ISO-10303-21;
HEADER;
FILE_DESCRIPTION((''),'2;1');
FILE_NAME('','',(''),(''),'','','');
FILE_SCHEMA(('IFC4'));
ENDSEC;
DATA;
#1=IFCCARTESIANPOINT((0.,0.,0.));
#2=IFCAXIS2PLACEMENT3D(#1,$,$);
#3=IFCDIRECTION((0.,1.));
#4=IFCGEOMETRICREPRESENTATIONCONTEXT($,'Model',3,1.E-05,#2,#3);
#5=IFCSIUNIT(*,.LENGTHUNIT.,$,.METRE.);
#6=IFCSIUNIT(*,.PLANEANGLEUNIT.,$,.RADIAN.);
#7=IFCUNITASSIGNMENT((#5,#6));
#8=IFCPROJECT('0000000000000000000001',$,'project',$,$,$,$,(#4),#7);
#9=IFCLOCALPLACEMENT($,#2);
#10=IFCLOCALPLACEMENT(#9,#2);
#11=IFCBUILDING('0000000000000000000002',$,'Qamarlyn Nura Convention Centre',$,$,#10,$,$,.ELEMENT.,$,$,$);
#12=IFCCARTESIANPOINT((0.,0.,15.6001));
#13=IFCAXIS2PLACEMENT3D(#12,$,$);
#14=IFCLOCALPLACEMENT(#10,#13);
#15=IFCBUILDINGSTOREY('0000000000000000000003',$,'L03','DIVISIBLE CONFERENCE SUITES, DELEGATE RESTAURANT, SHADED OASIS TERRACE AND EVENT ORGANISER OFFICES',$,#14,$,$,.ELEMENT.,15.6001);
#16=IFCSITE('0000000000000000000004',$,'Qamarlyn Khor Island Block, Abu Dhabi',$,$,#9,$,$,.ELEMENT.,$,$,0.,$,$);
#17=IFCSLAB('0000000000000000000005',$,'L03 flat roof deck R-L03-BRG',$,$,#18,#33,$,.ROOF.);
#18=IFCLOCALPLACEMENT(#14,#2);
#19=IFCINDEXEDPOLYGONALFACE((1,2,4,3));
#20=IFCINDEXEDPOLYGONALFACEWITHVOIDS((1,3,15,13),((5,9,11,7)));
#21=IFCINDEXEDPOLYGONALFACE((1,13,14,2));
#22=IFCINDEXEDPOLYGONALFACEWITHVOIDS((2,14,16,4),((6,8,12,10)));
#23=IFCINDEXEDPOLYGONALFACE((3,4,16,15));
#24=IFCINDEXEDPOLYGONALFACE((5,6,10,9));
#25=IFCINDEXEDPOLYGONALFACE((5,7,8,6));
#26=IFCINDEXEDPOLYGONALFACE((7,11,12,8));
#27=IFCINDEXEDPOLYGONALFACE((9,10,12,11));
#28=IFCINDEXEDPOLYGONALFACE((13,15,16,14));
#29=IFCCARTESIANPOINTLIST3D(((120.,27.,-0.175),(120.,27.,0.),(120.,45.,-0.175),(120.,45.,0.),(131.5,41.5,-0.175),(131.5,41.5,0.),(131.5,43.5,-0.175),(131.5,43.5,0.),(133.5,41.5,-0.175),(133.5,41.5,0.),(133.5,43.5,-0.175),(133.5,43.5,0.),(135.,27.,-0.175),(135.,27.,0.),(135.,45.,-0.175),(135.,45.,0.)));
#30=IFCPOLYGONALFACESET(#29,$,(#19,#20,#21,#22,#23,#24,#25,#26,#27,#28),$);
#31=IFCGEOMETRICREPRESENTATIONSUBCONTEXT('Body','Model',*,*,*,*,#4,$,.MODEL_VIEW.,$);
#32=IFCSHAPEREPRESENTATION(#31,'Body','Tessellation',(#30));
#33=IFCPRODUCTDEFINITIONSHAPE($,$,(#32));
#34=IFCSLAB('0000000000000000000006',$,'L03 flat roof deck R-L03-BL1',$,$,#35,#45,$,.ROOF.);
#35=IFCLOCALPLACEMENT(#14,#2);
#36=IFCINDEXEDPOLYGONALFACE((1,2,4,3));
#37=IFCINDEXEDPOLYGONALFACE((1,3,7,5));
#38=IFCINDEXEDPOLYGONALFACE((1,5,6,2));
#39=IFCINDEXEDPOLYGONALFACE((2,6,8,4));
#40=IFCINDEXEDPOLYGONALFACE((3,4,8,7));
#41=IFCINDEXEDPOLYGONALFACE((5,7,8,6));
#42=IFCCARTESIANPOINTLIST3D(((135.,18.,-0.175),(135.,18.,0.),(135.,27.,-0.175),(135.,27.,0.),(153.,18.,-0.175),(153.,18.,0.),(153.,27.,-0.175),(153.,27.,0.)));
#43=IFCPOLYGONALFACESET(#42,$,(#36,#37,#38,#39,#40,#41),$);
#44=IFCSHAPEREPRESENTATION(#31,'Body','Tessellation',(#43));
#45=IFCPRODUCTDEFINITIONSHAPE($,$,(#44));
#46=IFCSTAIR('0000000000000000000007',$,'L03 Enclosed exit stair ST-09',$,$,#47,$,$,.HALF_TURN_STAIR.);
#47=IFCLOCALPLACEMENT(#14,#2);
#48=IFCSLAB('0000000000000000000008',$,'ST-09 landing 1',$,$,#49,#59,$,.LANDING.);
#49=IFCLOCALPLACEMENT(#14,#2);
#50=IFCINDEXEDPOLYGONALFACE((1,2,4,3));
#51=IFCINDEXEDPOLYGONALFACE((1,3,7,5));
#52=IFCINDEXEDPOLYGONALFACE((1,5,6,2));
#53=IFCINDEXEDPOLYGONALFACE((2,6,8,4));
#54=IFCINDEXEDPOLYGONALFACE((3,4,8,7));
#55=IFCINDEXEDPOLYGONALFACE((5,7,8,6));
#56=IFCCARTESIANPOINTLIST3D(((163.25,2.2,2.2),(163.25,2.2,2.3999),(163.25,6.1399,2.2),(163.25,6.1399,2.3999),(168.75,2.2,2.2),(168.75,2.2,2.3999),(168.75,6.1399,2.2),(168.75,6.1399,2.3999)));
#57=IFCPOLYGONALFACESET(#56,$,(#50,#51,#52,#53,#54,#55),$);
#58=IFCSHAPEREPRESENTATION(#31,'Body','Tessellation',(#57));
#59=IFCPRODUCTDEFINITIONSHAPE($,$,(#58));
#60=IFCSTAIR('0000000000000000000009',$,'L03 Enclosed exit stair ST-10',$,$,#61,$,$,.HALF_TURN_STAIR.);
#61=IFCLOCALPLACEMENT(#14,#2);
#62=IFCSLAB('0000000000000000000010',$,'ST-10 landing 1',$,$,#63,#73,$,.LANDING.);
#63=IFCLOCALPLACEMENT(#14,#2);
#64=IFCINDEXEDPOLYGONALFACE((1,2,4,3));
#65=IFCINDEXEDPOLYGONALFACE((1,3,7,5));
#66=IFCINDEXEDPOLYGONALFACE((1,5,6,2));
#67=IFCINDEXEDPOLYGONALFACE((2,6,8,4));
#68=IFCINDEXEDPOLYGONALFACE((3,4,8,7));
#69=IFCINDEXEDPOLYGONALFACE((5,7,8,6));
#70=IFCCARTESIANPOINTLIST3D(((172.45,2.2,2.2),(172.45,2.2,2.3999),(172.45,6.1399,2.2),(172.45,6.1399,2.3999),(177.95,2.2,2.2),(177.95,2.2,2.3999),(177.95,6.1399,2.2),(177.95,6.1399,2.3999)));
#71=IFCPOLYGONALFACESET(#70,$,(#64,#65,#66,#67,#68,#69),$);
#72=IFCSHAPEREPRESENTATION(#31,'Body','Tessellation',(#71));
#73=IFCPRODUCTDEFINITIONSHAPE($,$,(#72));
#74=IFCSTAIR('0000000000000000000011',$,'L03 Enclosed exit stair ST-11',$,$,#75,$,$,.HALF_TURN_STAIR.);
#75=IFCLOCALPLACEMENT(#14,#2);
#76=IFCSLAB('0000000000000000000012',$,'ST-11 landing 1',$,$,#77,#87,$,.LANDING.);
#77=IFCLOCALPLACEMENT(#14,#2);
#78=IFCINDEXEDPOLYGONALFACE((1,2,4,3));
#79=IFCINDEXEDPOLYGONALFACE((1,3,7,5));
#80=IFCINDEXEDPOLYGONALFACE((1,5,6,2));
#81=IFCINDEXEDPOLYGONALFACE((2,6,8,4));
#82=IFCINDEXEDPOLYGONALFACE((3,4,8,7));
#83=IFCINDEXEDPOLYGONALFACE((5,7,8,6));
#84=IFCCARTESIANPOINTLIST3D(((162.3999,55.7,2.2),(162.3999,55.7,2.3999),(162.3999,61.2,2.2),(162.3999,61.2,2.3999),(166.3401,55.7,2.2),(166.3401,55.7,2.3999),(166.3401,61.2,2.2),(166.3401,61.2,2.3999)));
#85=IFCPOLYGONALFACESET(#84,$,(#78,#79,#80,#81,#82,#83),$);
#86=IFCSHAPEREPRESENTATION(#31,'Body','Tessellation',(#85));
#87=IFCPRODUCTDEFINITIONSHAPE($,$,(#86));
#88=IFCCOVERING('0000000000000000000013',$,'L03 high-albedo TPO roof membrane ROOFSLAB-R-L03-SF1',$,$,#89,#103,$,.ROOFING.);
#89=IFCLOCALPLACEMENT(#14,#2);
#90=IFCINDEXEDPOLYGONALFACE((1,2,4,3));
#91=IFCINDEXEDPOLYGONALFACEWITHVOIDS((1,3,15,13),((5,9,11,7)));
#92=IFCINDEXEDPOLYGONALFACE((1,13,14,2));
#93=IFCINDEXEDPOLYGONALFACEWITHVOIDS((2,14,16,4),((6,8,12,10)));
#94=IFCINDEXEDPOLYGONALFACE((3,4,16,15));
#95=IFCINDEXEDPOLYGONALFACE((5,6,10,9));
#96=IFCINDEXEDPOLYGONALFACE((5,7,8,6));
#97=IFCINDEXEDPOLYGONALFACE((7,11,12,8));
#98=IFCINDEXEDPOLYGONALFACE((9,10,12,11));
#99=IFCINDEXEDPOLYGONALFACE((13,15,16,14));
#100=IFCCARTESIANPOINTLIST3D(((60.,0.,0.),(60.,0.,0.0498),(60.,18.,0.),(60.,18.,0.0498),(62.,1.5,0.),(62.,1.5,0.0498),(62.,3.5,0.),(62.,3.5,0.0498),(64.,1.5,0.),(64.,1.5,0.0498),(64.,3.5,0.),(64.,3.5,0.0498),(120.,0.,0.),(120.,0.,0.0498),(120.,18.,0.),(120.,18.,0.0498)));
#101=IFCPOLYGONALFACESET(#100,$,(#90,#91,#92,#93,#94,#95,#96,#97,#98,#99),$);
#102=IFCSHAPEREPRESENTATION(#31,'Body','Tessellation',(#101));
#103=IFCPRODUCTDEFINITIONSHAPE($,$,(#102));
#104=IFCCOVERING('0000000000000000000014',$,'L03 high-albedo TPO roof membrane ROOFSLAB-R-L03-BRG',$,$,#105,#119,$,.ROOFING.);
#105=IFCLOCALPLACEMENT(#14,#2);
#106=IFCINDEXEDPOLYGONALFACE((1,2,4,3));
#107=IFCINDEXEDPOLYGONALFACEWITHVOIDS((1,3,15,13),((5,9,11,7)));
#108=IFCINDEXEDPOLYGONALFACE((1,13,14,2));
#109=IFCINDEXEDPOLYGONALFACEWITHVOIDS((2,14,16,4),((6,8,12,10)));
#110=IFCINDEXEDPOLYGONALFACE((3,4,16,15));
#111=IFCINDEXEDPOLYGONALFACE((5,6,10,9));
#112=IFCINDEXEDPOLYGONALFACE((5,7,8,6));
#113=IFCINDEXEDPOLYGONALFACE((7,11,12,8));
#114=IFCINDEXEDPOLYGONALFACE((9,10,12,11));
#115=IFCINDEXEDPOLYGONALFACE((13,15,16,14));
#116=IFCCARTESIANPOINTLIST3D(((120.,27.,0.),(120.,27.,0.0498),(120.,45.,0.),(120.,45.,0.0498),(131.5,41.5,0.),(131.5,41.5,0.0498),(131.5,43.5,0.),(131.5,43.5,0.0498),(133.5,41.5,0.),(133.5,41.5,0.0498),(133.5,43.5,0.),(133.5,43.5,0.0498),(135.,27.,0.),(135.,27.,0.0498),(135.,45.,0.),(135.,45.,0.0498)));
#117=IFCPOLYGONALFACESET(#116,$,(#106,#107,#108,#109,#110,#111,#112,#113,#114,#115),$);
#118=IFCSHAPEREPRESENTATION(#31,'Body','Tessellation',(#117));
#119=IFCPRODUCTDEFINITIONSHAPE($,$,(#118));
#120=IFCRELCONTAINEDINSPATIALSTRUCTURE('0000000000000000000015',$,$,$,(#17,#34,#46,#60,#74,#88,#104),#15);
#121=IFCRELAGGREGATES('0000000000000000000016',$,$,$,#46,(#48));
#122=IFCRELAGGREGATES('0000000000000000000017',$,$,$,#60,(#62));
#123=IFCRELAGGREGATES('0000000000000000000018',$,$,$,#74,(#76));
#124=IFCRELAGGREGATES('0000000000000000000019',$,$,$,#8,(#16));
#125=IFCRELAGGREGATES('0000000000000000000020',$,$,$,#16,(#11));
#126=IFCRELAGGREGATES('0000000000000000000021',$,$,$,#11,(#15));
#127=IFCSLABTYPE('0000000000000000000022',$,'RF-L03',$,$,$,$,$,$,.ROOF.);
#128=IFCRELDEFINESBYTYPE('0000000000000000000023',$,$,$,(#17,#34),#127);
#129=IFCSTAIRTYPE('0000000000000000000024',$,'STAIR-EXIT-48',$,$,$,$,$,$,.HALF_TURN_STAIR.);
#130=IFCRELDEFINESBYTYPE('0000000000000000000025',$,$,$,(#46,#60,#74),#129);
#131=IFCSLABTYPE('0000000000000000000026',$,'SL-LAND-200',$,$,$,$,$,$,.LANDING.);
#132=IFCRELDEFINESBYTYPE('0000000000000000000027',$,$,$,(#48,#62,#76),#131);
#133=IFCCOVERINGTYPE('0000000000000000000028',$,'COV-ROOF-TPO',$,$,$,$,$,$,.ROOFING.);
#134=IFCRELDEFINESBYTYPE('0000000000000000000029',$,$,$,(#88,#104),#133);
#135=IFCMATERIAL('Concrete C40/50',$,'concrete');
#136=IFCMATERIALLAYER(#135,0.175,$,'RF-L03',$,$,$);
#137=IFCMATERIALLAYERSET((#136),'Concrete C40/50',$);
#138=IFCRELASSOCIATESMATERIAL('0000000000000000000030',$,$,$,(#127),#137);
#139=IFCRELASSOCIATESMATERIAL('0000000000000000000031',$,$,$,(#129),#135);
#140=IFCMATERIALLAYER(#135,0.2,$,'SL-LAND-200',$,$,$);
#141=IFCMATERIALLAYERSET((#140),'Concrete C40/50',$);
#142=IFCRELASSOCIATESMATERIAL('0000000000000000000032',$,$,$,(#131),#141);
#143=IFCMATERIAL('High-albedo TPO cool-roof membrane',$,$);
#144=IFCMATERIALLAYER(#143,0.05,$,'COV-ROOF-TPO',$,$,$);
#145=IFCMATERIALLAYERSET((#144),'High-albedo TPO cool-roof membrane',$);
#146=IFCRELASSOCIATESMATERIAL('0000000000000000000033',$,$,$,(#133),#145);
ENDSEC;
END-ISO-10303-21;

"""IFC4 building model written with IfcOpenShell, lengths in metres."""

from ifc_helpers import new_model, si_unit, direction, frame, origin, place, context, subcontext, project, spatial, polyline, outline, extrude, material, layer, layer_set, type_object, element, aggregate, save


model = new_model("IFC4")

# Units and contexts
model_context = context("Model", 3, precision=1e-05, world=origin(), true_north=direction((0.0, 1.0)))
body_context = subcontext(model_context, "Body", "Model", "MODEL_VIEW")
ifc_project = project(units=[si_unit("LENGTHUNIT", "METRE"), si_unit("PLANEANGLEUNIT", "RADIAN")], contexts=[model_context])

# Site, building, storey
site_placement = place(None, origin())
site = spatial("IfcSite", under=ifc_project, at=site_placement, Name="Qamarlyn Khor Island Block, Abu Dhabi", CompositionType="ELEMENT", RefElevation=0.0)
building_placement = place(site_placement, origin())
building = spatial("IfcBuilding", under=site, at=building_placement, Name="Qamarlyn Nura Convention Centre", CompositionType="ELEMENT")
storey_placement = place(building_placement, frame((0.0, 0.0, 15.6001)))
storey = spatial("IfcBuildingStorey", under=building, at=storey_placement, Name="L03", Description="DIVISIBLE CONFERENCE SUITES, DELEGATE RESTAURANT, SHADED OASIS TERRACE AND EVENT ORGANISER OFFICES", CompositionType="ELEMENT", Elevation=15.6001)

# Slabs
ifc_material_1 = material(Name="Concrete C40/50", Category="concrete")
ifc_layer_1 = layer(ifc_material_1, 0.175, Name="RF-L03")
ifc_layer_set_1 = layer_set([ifc_layer_1], Name="Concrete C40/50")
slab_type_1 = type_object("IfcSlabType", Name="RF-L03", PredefinedType="ROOF", material=ifc_layer_set_1)
slab_1_placement = place(storey_placement, frame((0.0, 0.0, -0.175)))
element("IfcSlab", 1, at=slab_1_placement, inside=storey, type_object=slab_type_1, Name="L03 flat roof deck R-L03-BRG", PredefinedType="ROOF", context=body_context, shape_type="SweptSolid", body=[
    extrude(outline(polyline([(120.0, 27.0), (120.0, 45.0), (135.0, 45.0), (135.0, 27.0), (120.0, 27.0)]), holes=[polyline([(133.5, 43.5), (131.5, 43.5), (131.5, 41.5), (133.5, 41.5), (133.5, 43.5)])]), origin(), (0.0, 0.0, 1.0), 0.175),
])
slab_2_placement = place(storey_placement, frame((0.0, 0.0, -0.175)))
element("IfcSlab", 2, at=slab_2_placement, inside=storey, type_object=slab_type_1, Name="L03 flat roof deck R-L03-BL1", PredefinedType="ROOF", context=body_context, shape_type="SweptSolid", body=[
    extrude(outline(polyline([(153.0, 18.0), (153.0, 27.0), (135.0, 27.0), (135.0, 18.0), (153.0, 18.0)])), origin(), (0.0, 0.0, 1.0), 0.175),
])

# Stairs, slabs
stair_type = type_object("IfcStairType", Name="STAIR-EXIT-48", PredefinedType="HALF_TURN_STAIR", material=ifc_material_1)
stair_1_placement = place(storey_placement, origin())
stair_1 = element("IfcStair", 3, at=stair_1_placement, inside=storey, type_object=stair_type, Name="L03 Enclosed exit stair ST-09", PredefinedType="HALF_TURN_STAIR")
ifc_layer_2 = layer(ifc_material_1, 0.2, Name="SL-LAND-200")
ifc_layer_set_2 = layer_set([ifc_layer_2], Name="Concrete C40/50")
slab_type_2 = type_object("IfcSlabType", Name="SL-LAND-200", PredefinedType="LANDING", material=ifc_layer_set_2)
slab_3_placement = place(storey_placement, frame((0.0, 0.0, 2.2)))
slab_3 = element("IfcSlab", 4, at=slab_3_placement, type_object=slab_type_2, Name="ST-09 landing 1", PredefinedType="LANDING", context=body_context, shape_type="SweptSolid", body=[
    extrude(outline(polyline([(163.25, 6.1399), (163.25, 2.2), (168.75, 2.2), (168.75, 6.1399), (163.25, 6.1399)])), origin(), (0.0, 0.0, 1.0), 0.2),
])
aggregate(stair_1, [slab_3])
stair_2_placement = place(storey_placement, origin())
stair_2 = element("IfcStair", 5, at=stair_2_placement, inside=storey, type_object=stair_type, Name="L03 Enclosed exit stair ST-10", PredefinedType="HALF_TURN_STAIR")
slab_4_placement = place(storey_placement, frame((0.0, 0.0, 2.2)))
slab_4 = element("IfcSlab", 6, at=slab_4_placement, type_object=slab_type_2, Name="ST-10 landing 1", PredefinedType="LANDING", context=body_context, shape_type="SweptSolid", body=[
    extrude(outline(polyline([(172.45, 6.1399), (172.45, 2.2), (177.95, 2.2), (177.95, 6.1399), (172.45, 6.1399)])), origin(), (0.0, 0.0, 1.0), 0.2),
])
aggregate(stair_2, [slab_4])
stair_3_placement = place(storey_placement, origin())
stair_3 = element("IfcStair", 7, at=stair_3_placement, inside=storey, type_object=stair_type, Name="L03 Enclosed exit stair ST-11", PredefinedType="HALF_TURN_STAIR")
slab_5_placement = place(storey_placement, frame((0.0, 0.0, 2.2)))
slab_5 = element("IfcSlab", 8, at=slab_5_placement, type_object=slab_type_2, Name="ST-11 landing 1", PredefinedType="LANDING", context=body_context, shape_type="SweptSolid", body=[
    extrude(outline(polyline([(166.3401, 61.2), (162.3999, 61.2), (162.3999, 55.7), (166.3401, 55.7), (166.3401, 61.2)])), origin(), (0.0, 0.0, 1.0), 0.2),
])
aggregate(stair_3, [slab_5])

# Coverings
ifc_material_2 = material(Name="High-albedo TPO cool-roof membrane")
ifc_layer_3 = layer(ifc_material_2, 0.05, Name="COV-ROOF-TPO")
ifc_layer_set_3 = layer_set([ifc_layer_3], Name="High-albedo TPO cool-roof membrane")
covering_type = type_object("IfcCoveringType", Name="COV-ROOF-TPO", PredefinedType="ROOFING", material=ifc_layer_set_3)
covering_1_placement = place(storey_placement, origin())
element("IfcCovering", 9, at=covering_1_placement, inside=storey, type_object=covering_type, Name="L03 high-albedo TPO roof membrane ROOFSLAB-R-L03-SF1", PredefinedType="ROOFING", context=body_context, shape_type="SweptSolid", body=[
    extrude(outline(polyline([(60.0, 0.0), (60.0, 18.0), (120.0, 18.0), (120.0, 0.0), (60.0, 0.0)]), holes=[polyline([(64.0, 3.5), (62.0, 3.5), (62.0, 1.5), (64.0, 1.5), (64.0, 3.5)])]), origin(), (0.0, 0.0, 1.0), 0.0498),
])
covering_2_placement = place(storey_placement, origin())
element("IfcCovering", 10, at=covering_2_placement, inside=storey, type_object=covering_type, Name="L03 high-albedo TPO roof membrane ROOFSLAB-R-L03-BRG", PredefinedType="ROOFING", context=body_context, shape_type="SweptSolid", body=[
    extrude(outline(polyline([(120.0, 27.0), (120.0, 45.0), (135.0, 45.0), (135.0, 27.0), (120.0, 27.0)]), holes=[polyline([(133.5, 43.5), (131.5, 43.5), (131.5, 41.5), (133.5, 41.5), (133.5, 43.5)])]), origin(), (0.0, 0.0, 1.0), 0.0498),
])

save(model, "model.ifc")
